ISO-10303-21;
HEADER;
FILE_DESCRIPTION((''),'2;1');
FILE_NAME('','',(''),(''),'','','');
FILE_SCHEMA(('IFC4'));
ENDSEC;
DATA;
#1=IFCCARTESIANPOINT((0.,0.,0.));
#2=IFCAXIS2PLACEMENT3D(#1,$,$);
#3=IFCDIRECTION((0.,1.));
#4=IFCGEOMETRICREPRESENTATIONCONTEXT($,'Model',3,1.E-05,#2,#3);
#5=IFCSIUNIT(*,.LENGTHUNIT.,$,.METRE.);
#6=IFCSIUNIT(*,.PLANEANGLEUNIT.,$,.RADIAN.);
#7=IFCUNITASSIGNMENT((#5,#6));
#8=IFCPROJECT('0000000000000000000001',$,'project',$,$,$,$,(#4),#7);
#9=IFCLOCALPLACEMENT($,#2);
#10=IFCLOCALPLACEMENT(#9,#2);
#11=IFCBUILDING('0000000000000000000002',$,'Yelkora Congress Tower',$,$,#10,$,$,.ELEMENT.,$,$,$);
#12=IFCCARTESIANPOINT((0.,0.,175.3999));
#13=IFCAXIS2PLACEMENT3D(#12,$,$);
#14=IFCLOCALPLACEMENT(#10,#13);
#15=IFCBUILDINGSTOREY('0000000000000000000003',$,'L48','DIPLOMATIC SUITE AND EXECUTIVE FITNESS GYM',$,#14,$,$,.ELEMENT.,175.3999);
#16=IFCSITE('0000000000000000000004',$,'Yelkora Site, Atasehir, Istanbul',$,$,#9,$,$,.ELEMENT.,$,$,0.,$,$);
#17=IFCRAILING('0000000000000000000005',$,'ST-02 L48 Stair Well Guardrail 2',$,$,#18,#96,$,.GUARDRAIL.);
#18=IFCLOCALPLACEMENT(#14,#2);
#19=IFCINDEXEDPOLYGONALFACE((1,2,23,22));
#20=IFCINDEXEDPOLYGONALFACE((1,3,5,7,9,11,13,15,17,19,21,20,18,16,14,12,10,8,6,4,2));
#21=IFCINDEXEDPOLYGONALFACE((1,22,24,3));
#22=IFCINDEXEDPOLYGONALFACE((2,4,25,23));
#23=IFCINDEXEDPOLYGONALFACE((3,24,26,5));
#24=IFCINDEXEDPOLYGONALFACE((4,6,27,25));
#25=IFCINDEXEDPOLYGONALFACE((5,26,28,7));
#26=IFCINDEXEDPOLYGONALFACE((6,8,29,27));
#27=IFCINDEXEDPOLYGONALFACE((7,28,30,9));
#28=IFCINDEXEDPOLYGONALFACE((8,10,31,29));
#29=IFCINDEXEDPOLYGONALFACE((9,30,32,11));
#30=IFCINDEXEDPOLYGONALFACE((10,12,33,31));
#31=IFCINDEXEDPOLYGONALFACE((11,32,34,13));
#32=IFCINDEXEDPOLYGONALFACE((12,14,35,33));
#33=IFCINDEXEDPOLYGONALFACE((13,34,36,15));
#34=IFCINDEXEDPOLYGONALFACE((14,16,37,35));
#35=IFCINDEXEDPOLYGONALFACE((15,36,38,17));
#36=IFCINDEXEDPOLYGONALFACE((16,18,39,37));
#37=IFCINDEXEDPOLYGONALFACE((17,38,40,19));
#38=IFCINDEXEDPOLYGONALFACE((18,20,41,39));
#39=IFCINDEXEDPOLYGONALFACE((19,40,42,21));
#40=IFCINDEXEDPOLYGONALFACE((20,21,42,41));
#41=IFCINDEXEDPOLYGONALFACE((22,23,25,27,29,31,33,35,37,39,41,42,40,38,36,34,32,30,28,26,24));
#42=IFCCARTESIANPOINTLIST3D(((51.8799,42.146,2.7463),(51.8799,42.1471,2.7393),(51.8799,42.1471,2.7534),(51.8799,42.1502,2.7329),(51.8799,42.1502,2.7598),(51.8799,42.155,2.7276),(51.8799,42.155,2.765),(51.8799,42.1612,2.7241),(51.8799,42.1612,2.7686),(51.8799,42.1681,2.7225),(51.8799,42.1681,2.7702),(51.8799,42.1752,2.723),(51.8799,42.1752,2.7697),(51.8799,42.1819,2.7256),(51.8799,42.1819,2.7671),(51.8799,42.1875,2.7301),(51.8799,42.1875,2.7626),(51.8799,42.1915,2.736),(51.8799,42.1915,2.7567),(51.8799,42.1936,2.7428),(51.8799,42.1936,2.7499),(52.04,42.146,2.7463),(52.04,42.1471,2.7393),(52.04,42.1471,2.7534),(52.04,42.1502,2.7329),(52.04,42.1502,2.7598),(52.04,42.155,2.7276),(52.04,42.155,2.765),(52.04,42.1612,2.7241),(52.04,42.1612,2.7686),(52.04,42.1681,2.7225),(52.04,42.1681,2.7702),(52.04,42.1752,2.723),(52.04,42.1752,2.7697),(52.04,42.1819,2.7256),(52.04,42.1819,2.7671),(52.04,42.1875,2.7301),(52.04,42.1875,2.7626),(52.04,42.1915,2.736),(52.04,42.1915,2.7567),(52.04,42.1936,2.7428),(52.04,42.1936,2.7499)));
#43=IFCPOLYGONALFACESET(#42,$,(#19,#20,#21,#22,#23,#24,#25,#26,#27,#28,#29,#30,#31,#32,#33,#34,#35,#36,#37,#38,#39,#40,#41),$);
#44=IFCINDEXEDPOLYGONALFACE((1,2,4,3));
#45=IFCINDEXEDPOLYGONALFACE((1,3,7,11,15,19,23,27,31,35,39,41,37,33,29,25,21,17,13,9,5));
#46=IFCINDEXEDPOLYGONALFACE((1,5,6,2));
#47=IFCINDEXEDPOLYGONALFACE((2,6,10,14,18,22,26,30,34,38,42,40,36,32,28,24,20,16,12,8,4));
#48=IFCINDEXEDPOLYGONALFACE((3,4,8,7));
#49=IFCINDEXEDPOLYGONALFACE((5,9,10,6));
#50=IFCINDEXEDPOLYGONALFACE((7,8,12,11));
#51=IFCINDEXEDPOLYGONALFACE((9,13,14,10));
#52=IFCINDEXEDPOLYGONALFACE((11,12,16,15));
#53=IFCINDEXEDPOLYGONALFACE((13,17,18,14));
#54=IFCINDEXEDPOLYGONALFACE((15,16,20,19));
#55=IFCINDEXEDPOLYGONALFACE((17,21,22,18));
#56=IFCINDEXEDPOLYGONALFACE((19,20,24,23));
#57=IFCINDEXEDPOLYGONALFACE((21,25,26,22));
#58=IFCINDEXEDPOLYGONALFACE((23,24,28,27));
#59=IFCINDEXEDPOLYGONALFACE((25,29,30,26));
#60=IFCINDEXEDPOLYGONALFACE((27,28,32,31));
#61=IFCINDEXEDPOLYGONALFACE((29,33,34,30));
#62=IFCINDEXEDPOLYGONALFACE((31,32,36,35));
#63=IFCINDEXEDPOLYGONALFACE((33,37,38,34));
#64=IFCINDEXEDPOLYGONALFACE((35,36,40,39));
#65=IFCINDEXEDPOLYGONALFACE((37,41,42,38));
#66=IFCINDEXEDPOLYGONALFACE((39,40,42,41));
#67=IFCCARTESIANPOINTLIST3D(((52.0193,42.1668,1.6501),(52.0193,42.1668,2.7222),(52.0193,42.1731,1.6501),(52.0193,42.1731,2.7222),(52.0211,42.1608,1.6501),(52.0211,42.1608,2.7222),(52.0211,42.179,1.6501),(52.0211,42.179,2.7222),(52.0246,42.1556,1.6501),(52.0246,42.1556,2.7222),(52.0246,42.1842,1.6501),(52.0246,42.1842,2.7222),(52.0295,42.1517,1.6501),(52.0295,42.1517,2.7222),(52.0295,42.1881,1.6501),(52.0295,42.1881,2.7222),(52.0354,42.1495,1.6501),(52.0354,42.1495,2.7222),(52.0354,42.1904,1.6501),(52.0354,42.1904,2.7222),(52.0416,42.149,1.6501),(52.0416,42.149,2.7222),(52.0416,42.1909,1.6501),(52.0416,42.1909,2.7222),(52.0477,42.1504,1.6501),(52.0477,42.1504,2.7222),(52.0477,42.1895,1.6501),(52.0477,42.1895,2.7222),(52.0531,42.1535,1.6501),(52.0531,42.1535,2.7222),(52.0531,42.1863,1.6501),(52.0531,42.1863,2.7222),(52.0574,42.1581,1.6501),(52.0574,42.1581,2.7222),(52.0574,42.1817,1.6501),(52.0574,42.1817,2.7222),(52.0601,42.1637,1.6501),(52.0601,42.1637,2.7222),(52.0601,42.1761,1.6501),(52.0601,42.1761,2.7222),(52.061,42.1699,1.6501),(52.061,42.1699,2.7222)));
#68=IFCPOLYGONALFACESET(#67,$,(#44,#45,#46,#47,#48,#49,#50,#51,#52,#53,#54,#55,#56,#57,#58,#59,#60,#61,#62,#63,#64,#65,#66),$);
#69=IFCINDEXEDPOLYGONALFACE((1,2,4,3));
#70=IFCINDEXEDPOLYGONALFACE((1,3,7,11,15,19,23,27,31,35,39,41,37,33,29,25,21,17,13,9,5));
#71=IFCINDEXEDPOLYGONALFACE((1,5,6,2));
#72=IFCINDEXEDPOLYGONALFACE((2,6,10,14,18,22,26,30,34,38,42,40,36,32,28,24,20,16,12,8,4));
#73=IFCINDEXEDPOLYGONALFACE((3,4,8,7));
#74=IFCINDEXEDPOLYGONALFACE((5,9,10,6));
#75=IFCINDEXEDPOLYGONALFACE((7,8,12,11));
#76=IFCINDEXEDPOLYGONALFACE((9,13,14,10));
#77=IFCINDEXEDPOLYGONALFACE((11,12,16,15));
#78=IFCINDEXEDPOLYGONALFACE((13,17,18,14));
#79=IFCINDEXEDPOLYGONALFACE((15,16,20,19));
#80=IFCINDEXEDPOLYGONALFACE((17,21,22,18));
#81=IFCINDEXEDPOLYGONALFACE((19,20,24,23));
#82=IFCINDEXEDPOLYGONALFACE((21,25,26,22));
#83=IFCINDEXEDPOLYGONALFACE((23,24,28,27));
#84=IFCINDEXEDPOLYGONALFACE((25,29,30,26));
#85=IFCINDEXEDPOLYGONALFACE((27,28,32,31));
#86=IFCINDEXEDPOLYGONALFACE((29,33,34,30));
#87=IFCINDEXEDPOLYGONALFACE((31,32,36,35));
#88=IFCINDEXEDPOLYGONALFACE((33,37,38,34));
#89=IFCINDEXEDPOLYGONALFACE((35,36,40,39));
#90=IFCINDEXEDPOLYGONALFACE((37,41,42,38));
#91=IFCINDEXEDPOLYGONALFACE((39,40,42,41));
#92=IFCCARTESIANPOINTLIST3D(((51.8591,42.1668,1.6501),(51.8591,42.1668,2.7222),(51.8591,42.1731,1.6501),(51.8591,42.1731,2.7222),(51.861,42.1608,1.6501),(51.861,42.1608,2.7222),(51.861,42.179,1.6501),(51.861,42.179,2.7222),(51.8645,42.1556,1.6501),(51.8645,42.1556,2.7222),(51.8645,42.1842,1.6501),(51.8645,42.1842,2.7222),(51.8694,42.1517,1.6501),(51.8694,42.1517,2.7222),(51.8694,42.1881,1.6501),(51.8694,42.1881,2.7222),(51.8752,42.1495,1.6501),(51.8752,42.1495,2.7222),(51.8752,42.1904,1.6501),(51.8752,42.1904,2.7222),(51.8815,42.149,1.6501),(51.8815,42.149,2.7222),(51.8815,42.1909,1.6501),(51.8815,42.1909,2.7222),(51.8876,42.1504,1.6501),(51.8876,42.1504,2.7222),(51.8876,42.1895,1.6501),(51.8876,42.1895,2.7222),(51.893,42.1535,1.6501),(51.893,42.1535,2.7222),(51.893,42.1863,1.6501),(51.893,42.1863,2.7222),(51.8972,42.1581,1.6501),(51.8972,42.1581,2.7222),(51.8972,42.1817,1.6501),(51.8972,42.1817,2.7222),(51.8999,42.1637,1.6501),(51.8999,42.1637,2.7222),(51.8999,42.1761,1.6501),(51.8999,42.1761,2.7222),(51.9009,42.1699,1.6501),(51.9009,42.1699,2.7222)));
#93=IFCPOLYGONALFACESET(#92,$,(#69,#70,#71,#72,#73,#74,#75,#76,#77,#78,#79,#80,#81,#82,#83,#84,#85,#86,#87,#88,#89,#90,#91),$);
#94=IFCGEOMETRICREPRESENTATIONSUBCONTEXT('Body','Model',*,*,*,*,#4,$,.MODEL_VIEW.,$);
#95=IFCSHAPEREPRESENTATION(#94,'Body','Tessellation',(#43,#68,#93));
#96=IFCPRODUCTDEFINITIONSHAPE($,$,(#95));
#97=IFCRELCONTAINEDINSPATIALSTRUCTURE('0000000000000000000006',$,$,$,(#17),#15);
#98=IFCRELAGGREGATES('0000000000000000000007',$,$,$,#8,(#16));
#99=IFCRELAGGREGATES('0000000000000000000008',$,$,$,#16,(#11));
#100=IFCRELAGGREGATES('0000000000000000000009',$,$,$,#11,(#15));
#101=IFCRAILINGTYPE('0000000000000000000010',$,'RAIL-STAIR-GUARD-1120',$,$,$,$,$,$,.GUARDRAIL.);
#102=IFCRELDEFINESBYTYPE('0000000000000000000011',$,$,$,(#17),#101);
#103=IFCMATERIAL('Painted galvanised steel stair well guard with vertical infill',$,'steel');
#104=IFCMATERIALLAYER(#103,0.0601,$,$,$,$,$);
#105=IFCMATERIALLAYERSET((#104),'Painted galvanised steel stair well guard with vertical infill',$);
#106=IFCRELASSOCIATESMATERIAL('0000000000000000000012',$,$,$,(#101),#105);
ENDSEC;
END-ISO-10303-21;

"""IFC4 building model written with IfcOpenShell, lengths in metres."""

from ifc_helpers import new_model, si_unit, direction, frame, origin, origin_2d, place, context, subcontext, project, spatial, circle, extrude, material, layer, layer_set, type_object, element, save


model = new_model("IFC4")

# Units and contexts
model_context = context("Model", 3, precision=1e-05, world=origin(), true_north=direction((0.0, 1.0)))
body_context = subcontext(model_context, "Body", "Model", "MODEL_VIEW")
ifc_project = project(units=[si_unit("LENGTHUNIT", "METRE"), si_unit("PLANEANGLEUNIT", "RADIAN")], contexts=[model_context])

# Site, building, storey
site_placement = place(None, origin())
site = spatial("IfcSite", under=ifc_project, at=site_placement, Name="Yelkora Site, Atasehir, Istanbul", CompositionType="ELEMENT", RefElevation=0.0)
building_placement = place(site_placement, origin())
building = spatial("IfcBuilding", under=site, at=building_placement, Name="Yelkora Congress Tower", CompositionType="ELEMENT")
storey_placement = place(building_placement, frame((0.0, 0.0, 175.3999)))
storey = spatial("IfcBuildingStorey", under=building, at=storey_placement, Name="L48", Description="DIPLOMATIC SUITE AND EXECUTIVE FITNESS GYM", CompositionType="ELEMENT", Elevation=175.3999)

# Railing
ifc_material_1 = material(Name="Painted galvanised steel stair well guard with vertical infill", Category="steel")
ifc_layer_1 = layer(ifc_material_1, 0.0601)
ifc_layer_set_1 = layer_set([ifc_layer_1], Name="Painted galvanised steel stair well guard with vertical infill")
railing_type_1 = type_object("IfcRailingType", Name="RAIL-STAIR-GUARD-1120", PredefinedType="GUARDRAIL", material=ifc_layer_set_1)
railing_1_placement = place(storey_placement, frame((52.04, 42.1699, 1.6501)))
element("IfcRailing", 1, at=railing_1_placement, inside=storey, type_object=railing_type_1, Name="ST-02 L48 Stair Well Guardrail 2", PredefinedType="GUARDRAIL", context=body_context, shape_type="SweptSolid", body=[
    extrude(circle(Radius=0.0239, at=origin_2d()), frame((0.0, 0.0, 1.0962), z_axis=(-1.0, 0.0, 0.0), x_axis=(0.0, -1.0, 0.0)), (0.0, 0.0, 1.0), 0.1602),
    extrude(circle(Radius=0.021, at=origin_2d()), origin(), (0.0, 0.0, 1.0), 1.072),
    extrude(circle(Radius=0.021, at=origin_2d()), frame((-0.1602, 0.0, 0.0)), (0.0, 0.0, 1.0), 1.072),
])

save(model, "model.ifc")
